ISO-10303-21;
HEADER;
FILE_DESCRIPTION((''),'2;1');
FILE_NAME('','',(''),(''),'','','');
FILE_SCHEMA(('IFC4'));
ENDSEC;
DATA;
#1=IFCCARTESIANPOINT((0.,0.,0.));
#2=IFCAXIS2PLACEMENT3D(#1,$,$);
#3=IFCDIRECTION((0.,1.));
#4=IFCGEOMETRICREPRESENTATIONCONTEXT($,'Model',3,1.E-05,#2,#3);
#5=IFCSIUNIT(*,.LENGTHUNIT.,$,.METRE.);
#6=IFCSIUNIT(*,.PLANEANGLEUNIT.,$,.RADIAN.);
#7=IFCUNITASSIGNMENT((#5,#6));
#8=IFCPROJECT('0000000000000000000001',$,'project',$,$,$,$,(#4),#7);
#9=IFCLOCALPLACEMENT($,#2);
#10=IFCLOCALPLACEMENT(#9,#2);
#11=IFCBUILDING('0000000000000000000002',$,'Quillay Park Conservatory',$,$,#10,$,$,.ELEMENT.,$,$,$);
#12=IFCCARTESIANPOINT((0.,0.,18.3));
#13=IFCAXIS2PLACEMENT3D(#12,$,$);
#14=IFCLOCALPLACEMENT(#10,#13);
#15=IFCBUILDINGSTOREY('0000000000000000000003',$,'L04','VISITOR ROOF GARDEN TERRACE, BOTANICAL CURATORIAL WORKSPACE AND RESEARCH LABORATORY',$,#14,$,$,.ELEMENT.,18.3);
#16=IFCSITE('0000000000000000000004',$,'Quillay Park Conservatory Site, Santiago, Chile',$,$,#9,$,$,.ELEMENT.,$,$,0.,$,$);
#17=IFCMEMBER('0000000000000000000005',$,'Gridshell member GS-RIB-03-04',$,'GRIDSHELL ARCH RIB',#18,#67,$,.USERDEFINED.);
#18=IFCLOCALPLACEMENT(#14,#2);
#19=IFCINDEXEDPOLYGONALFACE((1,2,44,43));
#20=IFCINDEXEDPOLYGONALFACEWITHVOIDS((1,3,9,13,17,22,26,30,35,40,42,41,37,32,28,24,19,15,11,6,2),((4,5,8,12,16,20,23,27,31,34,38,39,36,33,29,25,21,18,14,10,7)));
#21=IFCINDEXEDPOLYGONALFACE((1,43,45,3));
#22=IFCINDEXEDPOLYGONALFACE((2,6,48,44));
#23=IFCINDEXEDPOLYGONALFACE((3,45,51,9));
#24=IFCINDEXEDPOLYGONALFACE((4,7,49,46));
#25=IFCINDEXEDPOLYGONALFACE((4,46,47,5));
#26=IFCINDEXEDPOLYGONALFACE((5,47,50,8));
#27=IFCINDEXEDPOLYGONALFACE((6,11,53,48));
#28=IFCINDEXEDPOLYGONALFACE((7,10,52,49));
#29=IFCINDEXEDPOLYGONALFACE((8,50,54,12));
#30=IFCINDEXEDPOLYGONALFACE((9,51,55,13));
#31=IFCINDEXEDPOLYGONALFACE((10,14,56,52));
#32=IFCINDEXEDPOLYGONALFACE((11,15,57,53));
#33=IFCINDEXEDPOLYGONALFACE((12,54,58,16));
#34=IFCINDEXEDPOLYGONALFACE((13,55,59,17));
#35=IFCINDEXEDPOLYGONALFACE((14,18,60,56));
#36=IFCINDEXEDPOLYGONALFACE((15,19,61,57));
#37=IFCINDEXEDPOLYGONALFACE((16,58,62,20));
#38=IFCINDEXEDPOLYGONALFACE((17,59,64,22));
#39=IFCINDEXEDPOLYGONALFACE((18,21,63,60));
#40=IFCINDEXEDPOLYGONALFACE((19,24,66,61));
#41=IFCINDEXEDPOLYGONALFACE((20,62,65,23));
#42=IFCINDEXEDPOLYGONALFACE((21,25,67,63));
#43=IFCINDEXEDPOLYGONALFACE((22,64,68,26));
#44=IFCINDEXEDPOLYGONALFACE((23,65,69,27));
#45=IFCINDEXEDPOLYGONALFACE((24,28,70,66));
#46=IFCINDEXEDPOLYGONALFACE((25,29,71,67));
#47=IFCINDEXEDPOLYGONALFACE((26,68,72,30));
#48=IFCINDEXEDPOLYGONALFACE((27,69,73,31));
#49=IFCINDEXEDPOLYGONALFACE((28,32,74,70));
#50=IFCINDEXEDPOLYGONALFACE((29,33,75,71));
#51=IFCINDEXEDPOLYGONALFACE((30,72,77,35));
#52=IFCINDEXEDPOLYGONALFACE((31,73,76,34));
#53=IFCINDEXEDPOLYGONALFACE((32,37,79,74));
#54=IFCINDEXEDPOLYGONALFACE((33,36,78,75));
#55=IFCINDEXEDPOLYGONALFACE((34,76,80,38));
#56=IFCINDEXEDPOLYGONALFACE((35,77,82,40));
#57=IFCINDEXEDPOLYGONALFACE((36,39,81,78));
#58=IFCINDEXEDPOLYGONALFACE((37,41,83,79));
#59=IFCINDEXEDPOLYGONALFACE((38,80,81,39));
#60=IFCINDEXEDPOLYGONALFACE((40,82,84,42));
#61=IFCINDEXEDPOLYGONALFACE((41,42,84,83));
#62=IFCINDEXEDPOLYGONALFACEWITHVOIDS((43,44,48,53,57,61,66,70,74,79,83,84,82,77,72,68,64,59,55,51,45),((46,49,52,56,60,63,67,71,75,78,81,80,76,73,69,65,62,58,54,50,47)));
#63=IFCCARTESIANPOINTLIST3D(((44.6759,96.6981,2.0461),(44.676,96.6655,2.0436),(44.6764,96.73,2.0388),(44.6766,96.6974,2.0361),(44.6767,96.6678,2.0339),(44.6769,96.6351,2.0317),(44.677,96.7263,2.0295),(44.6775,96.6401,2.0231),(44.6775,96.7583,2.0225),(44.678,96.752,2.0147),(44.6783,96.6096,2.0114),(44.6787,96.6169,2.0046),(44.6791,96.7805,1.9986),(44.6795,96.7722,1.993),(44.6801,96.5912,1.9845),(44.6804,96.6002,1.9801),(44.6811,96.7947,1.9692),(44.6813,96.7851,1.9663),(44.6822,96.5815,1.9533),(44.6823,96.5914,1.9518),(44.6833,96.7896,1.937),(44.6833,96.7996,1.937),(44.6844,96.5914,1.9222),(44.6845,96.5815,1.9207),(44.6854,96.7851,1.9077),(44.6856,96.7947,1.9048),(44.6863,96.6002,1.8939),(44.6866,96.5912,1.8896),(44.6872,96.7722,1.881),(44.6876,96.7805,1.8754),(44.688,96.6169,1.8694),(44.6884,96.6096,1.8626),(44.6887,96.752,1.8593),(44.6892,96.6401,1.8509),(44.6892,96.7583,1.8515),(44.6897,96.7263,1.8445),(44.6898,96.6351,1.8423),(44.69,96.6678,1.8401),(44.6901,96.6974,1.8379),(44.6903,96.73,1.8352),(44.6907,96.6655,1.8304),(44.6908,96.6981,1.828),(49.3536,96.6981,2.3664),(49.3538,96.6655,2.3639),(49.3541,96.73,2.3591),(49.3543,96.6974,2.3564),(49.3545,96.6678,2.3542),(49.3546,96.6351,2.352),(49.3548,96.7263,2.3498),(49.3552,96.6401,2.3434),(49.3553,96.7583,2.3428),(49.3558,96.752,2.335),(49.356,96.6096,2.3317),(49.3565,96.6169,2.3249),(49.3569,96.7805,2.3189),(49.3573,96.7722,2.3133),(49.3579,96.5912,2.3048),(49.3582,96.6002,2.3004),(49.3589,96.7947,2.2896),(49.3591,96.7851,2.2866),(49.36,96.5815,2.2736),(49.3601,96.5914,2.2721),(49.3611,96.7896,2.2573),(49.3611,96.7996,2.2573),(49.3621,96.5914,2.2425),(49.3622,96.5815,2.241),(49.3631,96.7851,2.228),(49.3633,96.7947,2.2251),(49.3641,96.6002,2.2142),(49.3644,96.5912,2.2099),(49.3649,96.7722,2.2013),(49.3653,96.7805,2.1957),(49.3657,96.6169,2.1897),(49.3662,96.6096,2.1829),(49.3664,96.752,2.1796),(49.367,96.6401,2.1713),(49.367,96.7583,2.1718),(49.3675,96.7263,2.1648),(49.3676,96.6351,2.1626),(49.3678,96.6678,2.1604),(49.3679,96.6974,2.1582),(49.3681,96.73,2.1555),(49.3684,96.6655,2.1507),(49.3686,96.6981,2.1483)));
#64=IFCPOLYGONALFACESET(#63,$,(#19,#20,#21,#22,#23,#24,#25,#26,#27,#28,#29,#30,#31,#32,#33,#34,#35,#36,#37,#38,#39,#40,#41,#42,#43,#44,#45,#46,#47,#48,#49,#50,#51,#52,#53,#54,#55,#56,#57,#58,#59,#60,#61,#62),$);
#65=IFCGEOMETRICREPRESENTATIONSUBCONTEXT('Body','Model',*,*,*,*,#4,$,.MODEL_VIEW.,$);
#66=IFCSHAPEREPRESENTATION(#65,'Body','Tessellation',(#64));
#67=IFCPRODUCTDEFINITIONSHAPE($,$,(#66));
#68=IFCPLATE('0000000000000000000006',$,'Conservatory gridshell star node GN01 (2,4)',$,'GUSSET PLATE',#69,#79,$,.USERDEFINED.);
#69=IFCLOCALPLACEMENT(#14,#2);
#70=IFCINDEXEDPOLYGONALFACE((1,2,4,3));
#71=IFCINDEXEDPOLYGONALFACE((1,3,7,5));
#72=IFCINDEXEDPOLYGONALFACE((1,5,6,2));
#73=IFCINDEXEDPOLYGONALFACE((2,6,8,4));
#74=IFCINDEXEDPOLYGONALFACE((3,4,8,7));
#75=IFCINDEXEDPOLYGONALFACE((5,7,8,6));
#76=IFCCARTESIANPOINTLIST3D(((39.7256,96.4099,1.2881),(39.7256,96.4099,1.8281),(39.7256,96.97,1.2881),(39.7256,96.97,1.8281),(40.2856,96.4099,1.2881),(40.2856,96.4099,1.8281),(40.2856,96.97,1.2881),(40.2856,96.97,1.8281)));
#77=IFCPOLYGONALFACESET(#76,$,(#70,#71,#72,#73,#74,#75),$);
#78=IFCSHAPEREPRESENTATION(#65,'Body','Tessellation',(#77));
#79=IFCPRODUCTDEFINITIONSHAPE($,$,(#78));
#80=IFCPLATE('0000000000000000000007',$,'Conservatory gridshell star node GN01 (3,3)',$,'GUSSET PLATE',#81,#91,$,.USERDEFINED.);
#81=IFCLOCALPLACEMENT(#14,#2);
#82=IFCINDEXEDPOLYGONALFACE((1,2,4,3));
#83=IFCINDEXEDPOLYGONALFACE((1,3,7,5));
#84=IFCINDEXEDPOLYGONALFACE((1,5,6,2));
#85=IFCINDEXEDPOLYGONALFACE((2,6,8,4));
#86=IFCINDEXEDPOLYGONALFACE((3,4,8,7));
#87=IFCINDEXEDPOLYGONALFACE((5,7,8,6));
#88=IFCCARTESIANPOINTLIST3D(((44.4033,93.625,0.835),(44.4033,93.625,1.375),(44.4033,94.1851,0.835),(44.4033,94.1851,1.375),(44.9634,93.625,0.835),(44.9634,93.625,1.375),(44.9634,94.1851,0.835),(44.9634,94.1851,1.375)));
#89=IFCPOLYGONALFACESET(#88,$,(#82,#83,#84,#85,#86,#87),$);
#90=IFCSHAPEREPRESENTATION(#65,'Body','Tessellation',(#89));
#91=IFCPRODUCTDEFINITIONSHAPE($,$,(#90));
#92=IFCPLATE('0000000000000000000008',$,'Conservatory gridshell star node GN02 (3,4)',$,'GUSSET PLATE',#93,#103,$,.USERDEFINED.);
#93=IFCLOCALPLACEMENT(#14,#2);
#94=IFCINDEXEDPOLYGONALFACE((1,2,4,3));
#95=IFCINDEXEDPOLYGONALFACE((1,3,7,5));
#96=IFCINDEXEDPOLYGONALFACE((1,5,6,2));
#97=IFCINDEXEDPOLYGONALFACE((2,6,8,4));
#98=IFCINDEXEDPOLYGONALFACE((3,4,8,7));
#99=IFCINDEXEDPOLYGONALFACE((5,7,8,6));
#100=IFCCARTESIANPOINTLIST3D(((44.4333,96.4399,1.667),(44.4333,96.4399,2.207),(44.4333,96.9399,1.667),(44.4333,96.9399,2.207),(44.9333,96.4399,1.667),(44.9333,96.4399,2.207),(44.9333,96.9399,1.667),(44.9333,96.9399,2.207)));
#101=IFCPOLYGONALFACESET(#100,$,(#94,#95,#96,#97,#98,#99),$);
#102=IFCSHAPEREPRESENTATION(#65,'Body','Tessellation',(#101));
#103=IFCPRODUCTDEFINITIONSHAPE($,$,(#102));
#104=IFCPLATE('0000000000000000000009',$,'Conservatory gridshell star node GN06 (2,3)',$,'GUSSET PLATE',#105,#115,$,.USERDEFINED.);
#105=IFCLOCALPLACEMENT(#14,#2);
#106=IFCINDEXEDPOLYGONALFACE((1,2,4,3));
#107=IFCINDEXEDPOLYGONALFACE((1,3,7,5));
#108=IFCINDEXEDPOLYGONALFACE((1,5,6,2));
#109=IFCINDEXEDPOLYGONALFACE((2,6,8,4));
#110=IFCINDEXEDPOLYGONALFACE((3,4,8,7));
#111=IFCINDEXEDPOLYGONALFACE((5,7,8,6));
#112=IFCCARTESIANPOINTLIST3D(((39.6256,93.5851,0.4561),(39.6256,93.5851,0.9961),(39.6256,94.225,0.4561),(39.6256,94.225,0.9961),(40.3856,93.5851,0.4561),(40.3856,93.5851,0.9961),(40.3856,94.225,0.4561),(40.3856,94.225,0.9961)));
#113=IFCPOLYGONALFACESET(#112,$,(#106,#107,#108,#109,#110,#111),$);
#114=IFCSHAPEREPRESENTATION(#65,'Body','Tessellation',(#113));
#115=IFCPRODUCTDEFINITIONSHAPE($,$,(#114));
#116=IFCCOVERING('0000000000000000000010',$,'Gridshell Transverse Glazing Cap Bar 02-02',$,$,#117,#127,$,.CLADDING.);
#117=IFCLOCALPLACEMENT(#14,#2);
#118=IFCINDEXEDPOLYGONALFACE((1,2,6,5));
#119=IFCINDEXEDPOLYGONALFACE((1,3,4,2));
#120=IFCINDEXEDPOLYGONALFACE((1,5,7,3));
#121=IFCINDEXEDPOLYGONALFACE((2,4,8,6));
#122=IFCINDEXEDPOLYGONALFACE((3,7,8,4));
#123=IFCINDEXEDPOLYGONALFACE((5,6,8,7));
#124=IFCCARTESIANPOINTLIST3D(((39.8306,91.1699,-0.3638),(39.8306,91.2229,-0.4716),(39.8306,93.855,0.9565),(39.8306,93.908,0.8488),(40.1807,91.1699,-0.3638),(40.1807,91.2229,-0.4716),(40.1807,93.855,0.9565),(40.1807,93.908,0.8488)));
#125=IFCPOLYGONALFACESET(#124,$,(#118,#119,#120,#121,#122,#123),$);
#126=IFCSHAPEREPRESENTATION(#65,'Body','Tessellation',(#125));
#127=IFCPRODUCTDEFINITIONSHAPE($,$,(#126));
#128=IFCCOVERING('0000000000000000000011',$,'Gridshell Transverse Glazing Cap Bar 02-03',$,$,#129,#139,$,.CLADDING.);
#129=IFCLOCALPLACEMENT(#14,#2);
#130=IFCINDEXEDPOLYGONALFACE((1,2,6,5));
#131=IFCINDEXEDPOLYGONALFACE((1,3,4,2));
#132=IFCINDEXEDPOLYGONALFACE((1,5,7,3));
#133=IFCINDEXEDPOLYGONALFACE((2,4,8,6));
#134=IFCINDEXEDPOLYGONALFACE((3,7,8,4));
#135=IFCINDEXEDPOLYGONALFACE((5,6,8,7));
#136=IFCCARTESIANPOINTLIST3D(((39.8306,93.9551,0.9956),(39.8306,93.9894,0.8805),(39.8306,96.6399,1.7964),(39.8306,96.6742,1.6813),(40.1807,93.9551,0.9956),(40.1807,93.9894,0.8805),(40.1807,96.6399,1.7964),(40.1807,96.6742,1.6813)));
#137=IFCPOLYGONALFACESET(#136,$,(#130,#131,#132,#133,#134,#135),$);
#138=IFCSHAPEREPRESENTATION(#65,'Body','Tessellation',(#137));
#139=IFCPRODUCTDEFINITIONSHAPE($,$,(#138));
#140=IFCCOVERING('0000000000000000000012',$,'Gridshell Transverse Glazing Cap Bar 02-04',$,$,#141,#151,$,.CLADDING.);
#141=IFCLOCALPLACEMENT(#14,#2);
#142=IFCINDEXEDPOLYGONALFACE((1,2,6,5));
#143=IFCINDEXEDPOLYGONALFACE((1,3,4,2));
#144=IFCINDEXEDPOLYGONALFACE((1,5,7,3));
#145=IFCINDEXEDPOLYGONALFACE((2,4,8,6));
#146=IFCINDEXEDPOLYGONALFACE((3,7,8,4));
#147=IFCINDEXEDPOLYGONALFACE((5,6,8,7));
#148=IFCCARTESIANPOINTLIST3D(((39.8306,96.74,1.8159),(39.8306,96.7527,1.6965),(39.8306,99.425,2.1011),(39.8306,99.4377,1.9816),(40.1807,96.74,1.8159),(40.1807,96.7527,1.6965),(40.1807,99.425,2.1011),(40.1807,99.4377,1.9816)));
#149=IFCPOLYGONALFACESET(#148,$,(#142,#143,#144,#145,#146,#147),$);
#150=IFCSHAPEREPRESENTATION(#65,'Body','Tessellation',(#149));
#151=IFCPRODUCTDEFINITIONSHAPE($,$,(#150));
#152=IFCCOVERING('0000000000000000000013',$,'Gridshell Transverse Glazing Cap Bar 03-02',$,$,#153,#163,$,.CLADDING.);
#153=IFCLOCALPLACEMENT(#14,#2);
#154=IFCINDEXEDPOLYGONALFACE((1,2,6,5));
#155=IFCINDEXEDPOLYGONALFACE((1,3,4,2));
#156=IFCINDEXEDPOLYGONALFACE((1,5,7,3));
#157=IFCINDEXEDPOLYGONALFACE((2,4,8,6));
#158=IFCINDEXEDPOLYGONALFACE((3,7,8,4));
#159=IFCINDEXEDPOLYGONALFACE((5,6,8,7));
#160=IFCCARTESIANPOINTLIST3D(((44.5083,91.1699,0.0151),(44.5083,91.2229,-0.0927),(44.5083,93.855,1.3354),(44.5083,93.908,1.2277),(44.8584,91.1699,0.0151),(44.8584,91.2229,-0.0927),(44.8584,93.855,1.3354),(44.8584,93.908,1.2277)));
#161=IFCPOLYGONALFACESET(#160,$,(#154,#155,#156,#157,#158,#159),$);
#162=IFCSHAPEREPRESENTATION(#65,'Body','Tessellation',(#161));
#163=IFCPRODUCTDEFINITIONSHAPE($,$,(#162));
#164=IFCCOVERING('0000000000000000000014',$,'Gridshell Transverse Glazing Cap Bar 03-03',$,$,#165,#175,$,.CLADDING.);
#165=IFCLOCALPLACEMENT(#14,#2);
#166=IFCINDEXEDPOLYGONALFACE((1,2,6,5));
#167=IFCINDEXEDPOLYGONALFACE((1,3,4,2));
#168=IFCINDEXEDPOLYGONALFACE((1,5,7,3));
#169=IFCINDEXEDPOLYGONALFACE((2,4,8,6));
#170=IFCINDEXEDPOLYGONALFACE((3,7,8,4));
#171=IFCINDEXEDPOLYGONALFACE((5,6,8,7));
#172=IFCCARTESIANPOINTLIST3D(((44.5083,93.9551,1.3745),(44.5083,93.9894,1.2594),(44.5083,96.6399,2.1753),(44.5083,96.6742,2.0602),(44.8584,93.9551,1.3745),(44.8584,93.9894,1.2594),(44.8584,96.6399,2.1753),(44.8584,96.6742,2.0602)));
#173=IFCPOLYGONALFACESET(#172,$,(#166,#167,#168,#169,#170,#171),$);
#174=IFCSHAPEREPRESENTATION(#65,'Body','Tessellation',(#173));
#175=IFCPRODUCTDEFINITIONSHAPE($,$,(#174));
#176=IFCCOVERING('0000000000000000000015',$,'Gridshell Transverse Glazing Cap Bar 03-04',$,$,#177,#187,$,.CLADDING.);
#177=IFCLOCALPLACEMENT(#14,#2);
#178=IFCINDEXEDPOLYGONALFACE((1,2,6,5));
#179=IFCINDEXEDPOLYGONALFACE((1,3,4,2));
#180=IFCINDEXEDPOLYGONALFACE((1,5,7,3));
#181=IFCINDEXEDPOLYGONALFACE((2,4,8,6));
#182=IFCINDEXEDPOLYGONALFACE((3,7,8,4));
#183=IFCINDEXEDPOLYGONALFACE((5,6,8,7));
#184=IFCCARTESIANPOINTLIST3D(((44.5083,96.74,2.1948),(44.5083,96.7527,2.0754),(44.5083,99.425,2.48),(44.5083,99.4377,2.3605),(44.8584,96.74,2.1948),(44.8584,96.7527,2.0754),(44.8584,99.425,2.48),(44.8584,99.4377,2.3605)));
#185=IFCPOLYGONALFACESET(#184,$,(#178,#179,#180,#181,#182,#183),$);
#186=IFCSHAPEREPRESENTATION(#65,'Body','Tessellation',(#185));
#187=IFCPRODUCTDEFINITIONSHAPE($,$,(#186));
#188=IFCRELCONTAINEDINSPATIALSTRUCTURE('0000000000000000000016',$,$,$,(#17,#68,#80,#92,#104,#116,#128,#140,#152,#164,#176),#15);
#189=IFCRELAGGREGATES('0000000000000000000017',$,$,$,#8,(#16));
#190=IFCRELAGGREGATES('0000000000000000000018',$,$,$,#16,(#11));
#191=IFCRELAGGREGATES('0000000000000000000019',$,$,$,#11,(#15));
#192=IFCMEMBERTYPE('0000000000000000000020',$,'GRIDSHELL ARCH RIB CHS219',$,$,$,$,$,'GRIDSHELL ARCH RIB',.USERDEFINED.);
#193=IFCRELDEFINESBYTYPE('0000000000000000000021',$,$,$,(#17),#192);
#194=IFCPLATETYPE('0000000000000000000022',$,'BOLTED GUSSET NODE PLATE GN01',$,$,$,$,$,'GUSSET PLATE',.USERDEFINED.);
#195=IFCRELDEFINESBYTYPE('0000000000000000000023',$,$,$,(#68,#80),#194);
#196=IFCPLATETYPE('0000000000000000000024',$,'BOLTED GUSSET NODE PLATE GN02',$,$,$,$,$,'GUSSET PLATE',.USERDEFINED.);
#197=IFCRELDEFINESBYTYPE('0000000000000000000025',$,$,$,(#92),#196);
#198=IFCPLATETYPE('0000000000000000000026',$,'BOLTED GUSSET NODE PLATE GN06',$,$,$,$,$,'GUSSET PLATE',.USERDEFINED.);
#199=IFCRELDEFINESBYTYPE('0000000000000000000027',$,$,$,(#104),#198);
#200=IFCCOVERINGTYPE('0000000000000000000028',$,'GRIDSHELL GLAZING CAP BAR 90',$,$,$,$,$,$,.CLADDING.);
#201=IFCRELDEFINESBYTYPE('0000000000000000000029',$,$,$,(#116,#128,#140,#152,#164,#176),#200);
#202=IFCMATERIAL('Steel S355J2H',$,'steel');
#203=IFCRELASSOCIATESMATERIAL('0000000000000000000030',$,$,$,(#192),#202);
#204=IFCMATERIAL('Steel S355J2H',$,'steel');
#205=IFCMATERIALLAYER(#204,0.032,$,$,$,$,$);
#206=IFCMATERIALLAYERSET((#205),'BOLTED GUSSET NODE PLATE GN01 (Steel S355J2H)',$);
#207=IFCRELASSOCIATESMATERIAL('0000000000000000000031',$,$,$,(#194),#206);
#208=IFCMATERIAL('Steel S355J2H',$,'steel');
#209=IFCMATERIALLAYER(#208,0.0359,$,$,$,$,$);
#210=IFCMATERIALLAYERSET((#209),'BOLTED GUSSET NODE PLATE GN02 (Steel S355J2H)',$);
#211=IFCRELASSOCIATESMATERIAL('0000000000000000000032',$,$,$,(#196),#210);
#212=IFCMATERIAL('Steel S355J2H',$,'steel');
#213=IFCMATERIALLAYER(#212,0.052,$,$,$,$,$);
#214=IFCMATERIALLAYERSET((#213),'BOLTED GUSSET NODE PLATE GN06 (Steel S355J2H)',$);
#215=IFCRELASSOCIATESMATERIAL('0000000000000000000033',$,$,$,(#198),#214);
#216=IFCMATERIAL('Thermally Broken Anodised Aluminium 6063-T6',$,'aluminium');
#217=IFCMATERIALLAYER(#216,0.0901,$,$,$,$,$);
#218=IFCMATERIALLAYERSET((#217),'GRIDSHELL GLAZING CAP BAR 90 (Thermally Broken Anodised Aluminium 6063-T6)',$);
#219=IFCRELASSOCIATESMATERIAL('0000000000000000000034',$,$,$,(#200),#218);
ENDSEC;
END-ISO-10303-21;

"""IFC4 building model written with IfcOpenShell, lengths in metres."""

from ifc_helpers import new_model, si_unit, direction, frame, origin, origin_2d, place, context, subcontext, project, spatial, polyline, rectangle, hollow_circle, outline, extrude, material, layer, layer_set, material_profile, profile_set, type_object, element, save


model = new_model("IFC4")

# Units and contexts
model_context = context("Model", 3, precision=1e-05, world=origin(), true_north=direction((0.0, 1.0)))
body_context = subcontext(model_context, "Body", "Model", "MODEL_VIEW")
ifc_project = project(units=[si_unit("LENGTHUNIT", "METRE"), si_unit("PLANEANGLEUNIT", "RADIAN")], contexts=[model_context])

# Site, building, storey
site_placement = place(None, origin())
site = spatial("IfcSite", under=ifc_project, at=site_placement, Name="Quillay Park Conservatory Site, Santiago, Chile", CompositionType="ELEMENT", RefElevation=0.0)
building_placement = place(site_placement, origin())
building = spatial("IfcBuilding", under=site, at=building_placement, Name="Quillay Park Conservatory", CompositionType="ELEMENT")
storey_placement = place(building_placement, frame((0.0, 0.0, 18.3)))
storey = spatial("IfcBuildingStorey", under=building, at=storey_placement, Name="L04", Description="VISITOR ROOF GARDEN TERRACE, BOTANICAL CURATORIAL WORKSPACE AND RESEARCH LABORATORY", CompositionType="ELEMENT", Elevation=18.3)

# Member
ifc_material_1 = material(Name="Steel S355J2H", Category="steel")
ifc_material_profile_1 = material_profile(ifc_material_1, hollow_circle(Radius=0.1096, WallThickness=0.01, at=origin_2d()), Name="CHS219.1x10")
ifc_profile_set_1 = profile_set([ifc_material_profile_1], Name="Steel S355J2H")
member_type = type_object("IfcMemberType", Name="GRIDSHELL ARCH RIB CHS219", ElementType="GRIDSHELL ARCH RIB", PredefinedType="USERDEFINED", material=ifc_profile_set_1)
member_1_placement = place(storey_placement, frame((44.6833, 96.6899, 1.937), z_axis=(0.997664, 0.0, 0.068316), x_axis=(0.0, 1.0, 0.0)))
element("IfcMember", 1, at=member_1_placement, inside=storey, type_object=member_type, Name="Gridshell member GS-RIB-03-04", ObjectType="GRIDSHELL ARCH RIB", PredefinedType="USERDEFINED", context=body_context, shape_type="SweptSolid", body=[
    extrude(hollow_circle(Radius=0.1096, WallThickness=0.01, at=origin_2d()), origin(), (0.0, 0.0, 1.0), 4.6887),
])

# Plates
ifc_material_2 = material(Name="Steel S355J2H", Category="steel")
ifc_layer_1 = layer(ifc_material_2, 0.032)
ifc_layer_set_1 = layer_set([ifc_layer_1], Name="BOLTED GUSSET NODE PLATE GN01 (Steel S355J2H)")
plate_type_1 = type_object("IfcPlateType", Name="BOLTED GUSSET NODE PLATE GN01", ElementType="GUSSET PLATE", PredefinedType="USERDEFINED", material=ifc_layer_set_1)
for number, where, z_axis, x_axis, name in (
    (2, (40.0056, 96.6899, 1.2881), (0.0, 0.0, 1.0), (1.0, 0.0, 0.0), "Conservatory gridshell star node GN01 (2,4)"),
    (3, (44.6833, 93.905, 0.835), (0.0, 0.0, 1.0), (1.0, 0.0, 0.0), "Conservatory gridshell star node GN01 (3,3)"),
):
    element("IfcPlate", number, at=place(storey_placement, frame(where, z_axis=z_axis, x_axis=x_axis)), inside=storey, type_object=plate_type_1, Name=name, ObjectType="GUSSET PLATE", PredefinedType="USERDEFINED", context=body_context, shape_type="SweptSolid", body=[
        extrude(rectangle(XDim=0.5601, YDim=0.5601, at=origin_2d()), origin(), (0.0, 0.0, 1.0), 0.54),
    ])
ifc_material_3 = material(Name="Steel S355J2H", Category="steel")
ifc_layer_2 = layer(ifc_material_3, 0.0359)
ifc_layer_set_2 = layer_set([ifc_layer_2], Name="BOLTED GUSSET NODE PLATE GN02 (Steel S355J2H)")
plate_type_2 = type_object("IfcPlateType", Name="BOLTED GUSSET NODE PLATE GN02", ElementType="GUSSET PLATE", PredefinedType="USERDEFINED", material=ifc_layer_set_2)
plate_1_placement = place(storey_placement, frame((44.6833, 96.6899, 1.667), z_axis=(0.0, 0.0, 1.0), x_axis=(1.0, 0.0, 0.0)))
element("IfcPlate", 4, at=plate_1_placement, inside=storey, type_object=plate_type_2, Name="Conservatory gridshell star node GN02 (3,4)", ObjectType="GUSSET PLATE", PredefinedType="USERDEFINED", context=body_context, shape_type="SweptSolid", body=[
    extrude(rectangle(XDim=0.5, YDim=0.5, at=origin_2d()), origin(), (0.0, 0.0, 1.0), 0.54),
])
ifc_material_4 = material(Name="Steel S355J2H", Category="steel")
ifc_layer_3 = layer(ifc_material_4, 0.052)
ifc_layer_set_3 = layer_set([ifc_layer_3], Name="BOLTED GUSSET NODE PLATE GN06 (Steel S355J2H)")
plate_type_3 = type_object("IfcPlateType", Name="BOLTED GUSSET NODE PLATE GN06", ElementType="GUSSET PLATE", PredefinedType="USERDEFINED", material=ifc_layer_set_3)
plate_2_placement = place(storey_placement, frame((40.0056, 93.905, 0.4561), z_axis=(0.0, 0.0, 1.0), x_axis=(1.0, 0.0, 0.0)))
element("IfcPlate", 5, at=plate_2_placement, inside=storey, type_object=plate_type_3, Name="Conservatory gridshell star node GN06 (2,3)", ObjectType="GUSSET PLATE", PredefinedType="USERDEFINED", context=body_context, shape_type="SweptSolid", body=[
    extrude(rectangle(XDim=0.76, YDim=0.6399, at=origin_2d()), origin(), (0.0, 0.0, 1.0), 0.54),
])

# Coverings
ifc_material_5 = material(Name="Thermally Broken Anodised Aluminium 6063-T6", Category="aluminium")
ifc_layer_4 = layer(ifc_material_5, 0.0901)
ifc_layer_set_4 = layer_set([ifc_layer_4], Name="GRIDSHELL GLAZING CAP BAR 90 (Thermally Broken Anodised Aluminium 6063-T6)")
covering_type = type_object("IfcCoveringType", Name="GRIDSHELL GLAZING CAP BAR 90", PredefinedType="CLADDING", material=ifc_layer_set_4)
covering_1_placement = place(storey_placement, frame((39.8306, 91.1699, -0.3638), z_axis=(0.0, -0.441264, 0.897378), x_axis=(1.0, 0.0, 0.0)))
element("IfcCovering", 6, at=covering_1_placement, inside=storey, type_object=covering_type, Name="Gridshell Transverse Glazing Cap Bar 02-02", PredefinedType="CLADDING", context=body_context, shape_type="SweptSolid", body=[
    extrude(outline(polyline([(0.0, 0.0), (0.3501, 0.0), (0.3501, 2.9921), (0.0, 2.9921), (0.0, 0.0)])), origin(), (0.0, 0.0, -1.0), 0.1201),
])
covering_2_placement = place(storey_placement, frame((39.8306, 93.9551, 0.9956), z_axis=(0.0, -0.285821, 0.958283), x_axis=(1.0, 0.0, 0.0)))
element("IfcCovering", 7, at=covering_2_placement, inside=storey, type_object=covering_type, Name="Gridshell Transverse Glazing Cap Bar 02-03", PredefinedType="CLADDING", context=body_context, shape_type="SweptSolid", body=[
    extrude(outline(polyline([(0.0, 0.0), (0.3501, 0.0), (0.3501, 2.8017), (0.0, 2.8017), (0.0, 0.0)])), origin(), (0.0, 0.0, -1.0), 0.1201),
])
covering_3_placement = place(storey_placement, frame((39.8306, 96.74, 1.8159), z_axis=(0.0, -0.105607, 0.994408), x_axis=(1.0, 0.0, 0.0)))
element("IfcCovering", 8, at=covering_3_placement, inside=storey, type_object=covering_type, Name="Gridshell Transverse Glazing Cap Bar 02-04", PredefinedType="CLADDING", context=body_context, shape_type="SweptSolid", body=[
    extrude(outline(polyline([(0.0, 0.0), (0.3501, 0.0), (0.3501, 2.7002), (0.0, 2.7002), (0.0, 0.0)])), origin(), (0.0, 0.0, -1.0), 0.1201),
])
covering_4_placement = place(storey_placement, frame((44.5083, 91.1699, 0.0151), z_axis=(0.0, -0.441264, 0.897378), x_axis=(1.0, 0.0, 0.0)))
element("IfcCovering", 9, at=covering_4_placement, inside=storey, type_object=covering_type, Name="Gridshell Transverse Glazing Cap Bar 03-02", PredefinedType="CLADDING", context=body_context, shape_type="SweptSolid", body=[
    extrude(outline(polyline([(0.0, 0.0), (0.3501, 0.0), (0.3501, 2.9921), (0.0, 2.9921), (0.0, 0.0)])), origin(), (0.0, 0.0, -1.0), 0.1201),
])
covering_5_placement = place(storey_placement, frame((44.5083, 93.9551, 1.3745), z_axis=(0.0, -0.285821, 0.958283), x_axis=(1.0, 0.0, 0.0)))
element("IfcCovering", 10, at=covering_5_placement, inside=storey, type_object=covering_type, Name="Gridshell Transverse Glazing Cap Bar 03-03", PredefinedType="CLADDING", context=body_context, shape_type="SweptSolid", body=[
    extrude(outline(polyline([(0.0, 0.0), (0.3501, 0.0), (0.3501, 2.8017), (0.0, 2.8017), (0.0, 0.0)])), origin(), (0.0, 0.0, -1.0), 0.1201),
])
covering_6_placement = place(storey_placement, frame((44.5083, 96.74, 2.1948), z_axis=(0.0, -0.105607, 0.994408), x_axis=(1.0, 0.0, 0.0)))
element("IfcCovering", 11, at=covering_6_placement, inside=storey, type_object=covering_type, Name="Gridshell Transverse Glazing Cap Bar 03-04", PredefinedType="CLADDING", context=body_context, shape_type="SweptSolid", body=[
    extrude(outline(polyline([(0.0, 0.0), (0.3501, 0.0), (0.3501, 2.7002), (0.0, 2.7002), (0.0, 0.0)])), origin(), (0.0, 0.0, -1.0), 0.1201),
])

save(model, "model.ifc")
